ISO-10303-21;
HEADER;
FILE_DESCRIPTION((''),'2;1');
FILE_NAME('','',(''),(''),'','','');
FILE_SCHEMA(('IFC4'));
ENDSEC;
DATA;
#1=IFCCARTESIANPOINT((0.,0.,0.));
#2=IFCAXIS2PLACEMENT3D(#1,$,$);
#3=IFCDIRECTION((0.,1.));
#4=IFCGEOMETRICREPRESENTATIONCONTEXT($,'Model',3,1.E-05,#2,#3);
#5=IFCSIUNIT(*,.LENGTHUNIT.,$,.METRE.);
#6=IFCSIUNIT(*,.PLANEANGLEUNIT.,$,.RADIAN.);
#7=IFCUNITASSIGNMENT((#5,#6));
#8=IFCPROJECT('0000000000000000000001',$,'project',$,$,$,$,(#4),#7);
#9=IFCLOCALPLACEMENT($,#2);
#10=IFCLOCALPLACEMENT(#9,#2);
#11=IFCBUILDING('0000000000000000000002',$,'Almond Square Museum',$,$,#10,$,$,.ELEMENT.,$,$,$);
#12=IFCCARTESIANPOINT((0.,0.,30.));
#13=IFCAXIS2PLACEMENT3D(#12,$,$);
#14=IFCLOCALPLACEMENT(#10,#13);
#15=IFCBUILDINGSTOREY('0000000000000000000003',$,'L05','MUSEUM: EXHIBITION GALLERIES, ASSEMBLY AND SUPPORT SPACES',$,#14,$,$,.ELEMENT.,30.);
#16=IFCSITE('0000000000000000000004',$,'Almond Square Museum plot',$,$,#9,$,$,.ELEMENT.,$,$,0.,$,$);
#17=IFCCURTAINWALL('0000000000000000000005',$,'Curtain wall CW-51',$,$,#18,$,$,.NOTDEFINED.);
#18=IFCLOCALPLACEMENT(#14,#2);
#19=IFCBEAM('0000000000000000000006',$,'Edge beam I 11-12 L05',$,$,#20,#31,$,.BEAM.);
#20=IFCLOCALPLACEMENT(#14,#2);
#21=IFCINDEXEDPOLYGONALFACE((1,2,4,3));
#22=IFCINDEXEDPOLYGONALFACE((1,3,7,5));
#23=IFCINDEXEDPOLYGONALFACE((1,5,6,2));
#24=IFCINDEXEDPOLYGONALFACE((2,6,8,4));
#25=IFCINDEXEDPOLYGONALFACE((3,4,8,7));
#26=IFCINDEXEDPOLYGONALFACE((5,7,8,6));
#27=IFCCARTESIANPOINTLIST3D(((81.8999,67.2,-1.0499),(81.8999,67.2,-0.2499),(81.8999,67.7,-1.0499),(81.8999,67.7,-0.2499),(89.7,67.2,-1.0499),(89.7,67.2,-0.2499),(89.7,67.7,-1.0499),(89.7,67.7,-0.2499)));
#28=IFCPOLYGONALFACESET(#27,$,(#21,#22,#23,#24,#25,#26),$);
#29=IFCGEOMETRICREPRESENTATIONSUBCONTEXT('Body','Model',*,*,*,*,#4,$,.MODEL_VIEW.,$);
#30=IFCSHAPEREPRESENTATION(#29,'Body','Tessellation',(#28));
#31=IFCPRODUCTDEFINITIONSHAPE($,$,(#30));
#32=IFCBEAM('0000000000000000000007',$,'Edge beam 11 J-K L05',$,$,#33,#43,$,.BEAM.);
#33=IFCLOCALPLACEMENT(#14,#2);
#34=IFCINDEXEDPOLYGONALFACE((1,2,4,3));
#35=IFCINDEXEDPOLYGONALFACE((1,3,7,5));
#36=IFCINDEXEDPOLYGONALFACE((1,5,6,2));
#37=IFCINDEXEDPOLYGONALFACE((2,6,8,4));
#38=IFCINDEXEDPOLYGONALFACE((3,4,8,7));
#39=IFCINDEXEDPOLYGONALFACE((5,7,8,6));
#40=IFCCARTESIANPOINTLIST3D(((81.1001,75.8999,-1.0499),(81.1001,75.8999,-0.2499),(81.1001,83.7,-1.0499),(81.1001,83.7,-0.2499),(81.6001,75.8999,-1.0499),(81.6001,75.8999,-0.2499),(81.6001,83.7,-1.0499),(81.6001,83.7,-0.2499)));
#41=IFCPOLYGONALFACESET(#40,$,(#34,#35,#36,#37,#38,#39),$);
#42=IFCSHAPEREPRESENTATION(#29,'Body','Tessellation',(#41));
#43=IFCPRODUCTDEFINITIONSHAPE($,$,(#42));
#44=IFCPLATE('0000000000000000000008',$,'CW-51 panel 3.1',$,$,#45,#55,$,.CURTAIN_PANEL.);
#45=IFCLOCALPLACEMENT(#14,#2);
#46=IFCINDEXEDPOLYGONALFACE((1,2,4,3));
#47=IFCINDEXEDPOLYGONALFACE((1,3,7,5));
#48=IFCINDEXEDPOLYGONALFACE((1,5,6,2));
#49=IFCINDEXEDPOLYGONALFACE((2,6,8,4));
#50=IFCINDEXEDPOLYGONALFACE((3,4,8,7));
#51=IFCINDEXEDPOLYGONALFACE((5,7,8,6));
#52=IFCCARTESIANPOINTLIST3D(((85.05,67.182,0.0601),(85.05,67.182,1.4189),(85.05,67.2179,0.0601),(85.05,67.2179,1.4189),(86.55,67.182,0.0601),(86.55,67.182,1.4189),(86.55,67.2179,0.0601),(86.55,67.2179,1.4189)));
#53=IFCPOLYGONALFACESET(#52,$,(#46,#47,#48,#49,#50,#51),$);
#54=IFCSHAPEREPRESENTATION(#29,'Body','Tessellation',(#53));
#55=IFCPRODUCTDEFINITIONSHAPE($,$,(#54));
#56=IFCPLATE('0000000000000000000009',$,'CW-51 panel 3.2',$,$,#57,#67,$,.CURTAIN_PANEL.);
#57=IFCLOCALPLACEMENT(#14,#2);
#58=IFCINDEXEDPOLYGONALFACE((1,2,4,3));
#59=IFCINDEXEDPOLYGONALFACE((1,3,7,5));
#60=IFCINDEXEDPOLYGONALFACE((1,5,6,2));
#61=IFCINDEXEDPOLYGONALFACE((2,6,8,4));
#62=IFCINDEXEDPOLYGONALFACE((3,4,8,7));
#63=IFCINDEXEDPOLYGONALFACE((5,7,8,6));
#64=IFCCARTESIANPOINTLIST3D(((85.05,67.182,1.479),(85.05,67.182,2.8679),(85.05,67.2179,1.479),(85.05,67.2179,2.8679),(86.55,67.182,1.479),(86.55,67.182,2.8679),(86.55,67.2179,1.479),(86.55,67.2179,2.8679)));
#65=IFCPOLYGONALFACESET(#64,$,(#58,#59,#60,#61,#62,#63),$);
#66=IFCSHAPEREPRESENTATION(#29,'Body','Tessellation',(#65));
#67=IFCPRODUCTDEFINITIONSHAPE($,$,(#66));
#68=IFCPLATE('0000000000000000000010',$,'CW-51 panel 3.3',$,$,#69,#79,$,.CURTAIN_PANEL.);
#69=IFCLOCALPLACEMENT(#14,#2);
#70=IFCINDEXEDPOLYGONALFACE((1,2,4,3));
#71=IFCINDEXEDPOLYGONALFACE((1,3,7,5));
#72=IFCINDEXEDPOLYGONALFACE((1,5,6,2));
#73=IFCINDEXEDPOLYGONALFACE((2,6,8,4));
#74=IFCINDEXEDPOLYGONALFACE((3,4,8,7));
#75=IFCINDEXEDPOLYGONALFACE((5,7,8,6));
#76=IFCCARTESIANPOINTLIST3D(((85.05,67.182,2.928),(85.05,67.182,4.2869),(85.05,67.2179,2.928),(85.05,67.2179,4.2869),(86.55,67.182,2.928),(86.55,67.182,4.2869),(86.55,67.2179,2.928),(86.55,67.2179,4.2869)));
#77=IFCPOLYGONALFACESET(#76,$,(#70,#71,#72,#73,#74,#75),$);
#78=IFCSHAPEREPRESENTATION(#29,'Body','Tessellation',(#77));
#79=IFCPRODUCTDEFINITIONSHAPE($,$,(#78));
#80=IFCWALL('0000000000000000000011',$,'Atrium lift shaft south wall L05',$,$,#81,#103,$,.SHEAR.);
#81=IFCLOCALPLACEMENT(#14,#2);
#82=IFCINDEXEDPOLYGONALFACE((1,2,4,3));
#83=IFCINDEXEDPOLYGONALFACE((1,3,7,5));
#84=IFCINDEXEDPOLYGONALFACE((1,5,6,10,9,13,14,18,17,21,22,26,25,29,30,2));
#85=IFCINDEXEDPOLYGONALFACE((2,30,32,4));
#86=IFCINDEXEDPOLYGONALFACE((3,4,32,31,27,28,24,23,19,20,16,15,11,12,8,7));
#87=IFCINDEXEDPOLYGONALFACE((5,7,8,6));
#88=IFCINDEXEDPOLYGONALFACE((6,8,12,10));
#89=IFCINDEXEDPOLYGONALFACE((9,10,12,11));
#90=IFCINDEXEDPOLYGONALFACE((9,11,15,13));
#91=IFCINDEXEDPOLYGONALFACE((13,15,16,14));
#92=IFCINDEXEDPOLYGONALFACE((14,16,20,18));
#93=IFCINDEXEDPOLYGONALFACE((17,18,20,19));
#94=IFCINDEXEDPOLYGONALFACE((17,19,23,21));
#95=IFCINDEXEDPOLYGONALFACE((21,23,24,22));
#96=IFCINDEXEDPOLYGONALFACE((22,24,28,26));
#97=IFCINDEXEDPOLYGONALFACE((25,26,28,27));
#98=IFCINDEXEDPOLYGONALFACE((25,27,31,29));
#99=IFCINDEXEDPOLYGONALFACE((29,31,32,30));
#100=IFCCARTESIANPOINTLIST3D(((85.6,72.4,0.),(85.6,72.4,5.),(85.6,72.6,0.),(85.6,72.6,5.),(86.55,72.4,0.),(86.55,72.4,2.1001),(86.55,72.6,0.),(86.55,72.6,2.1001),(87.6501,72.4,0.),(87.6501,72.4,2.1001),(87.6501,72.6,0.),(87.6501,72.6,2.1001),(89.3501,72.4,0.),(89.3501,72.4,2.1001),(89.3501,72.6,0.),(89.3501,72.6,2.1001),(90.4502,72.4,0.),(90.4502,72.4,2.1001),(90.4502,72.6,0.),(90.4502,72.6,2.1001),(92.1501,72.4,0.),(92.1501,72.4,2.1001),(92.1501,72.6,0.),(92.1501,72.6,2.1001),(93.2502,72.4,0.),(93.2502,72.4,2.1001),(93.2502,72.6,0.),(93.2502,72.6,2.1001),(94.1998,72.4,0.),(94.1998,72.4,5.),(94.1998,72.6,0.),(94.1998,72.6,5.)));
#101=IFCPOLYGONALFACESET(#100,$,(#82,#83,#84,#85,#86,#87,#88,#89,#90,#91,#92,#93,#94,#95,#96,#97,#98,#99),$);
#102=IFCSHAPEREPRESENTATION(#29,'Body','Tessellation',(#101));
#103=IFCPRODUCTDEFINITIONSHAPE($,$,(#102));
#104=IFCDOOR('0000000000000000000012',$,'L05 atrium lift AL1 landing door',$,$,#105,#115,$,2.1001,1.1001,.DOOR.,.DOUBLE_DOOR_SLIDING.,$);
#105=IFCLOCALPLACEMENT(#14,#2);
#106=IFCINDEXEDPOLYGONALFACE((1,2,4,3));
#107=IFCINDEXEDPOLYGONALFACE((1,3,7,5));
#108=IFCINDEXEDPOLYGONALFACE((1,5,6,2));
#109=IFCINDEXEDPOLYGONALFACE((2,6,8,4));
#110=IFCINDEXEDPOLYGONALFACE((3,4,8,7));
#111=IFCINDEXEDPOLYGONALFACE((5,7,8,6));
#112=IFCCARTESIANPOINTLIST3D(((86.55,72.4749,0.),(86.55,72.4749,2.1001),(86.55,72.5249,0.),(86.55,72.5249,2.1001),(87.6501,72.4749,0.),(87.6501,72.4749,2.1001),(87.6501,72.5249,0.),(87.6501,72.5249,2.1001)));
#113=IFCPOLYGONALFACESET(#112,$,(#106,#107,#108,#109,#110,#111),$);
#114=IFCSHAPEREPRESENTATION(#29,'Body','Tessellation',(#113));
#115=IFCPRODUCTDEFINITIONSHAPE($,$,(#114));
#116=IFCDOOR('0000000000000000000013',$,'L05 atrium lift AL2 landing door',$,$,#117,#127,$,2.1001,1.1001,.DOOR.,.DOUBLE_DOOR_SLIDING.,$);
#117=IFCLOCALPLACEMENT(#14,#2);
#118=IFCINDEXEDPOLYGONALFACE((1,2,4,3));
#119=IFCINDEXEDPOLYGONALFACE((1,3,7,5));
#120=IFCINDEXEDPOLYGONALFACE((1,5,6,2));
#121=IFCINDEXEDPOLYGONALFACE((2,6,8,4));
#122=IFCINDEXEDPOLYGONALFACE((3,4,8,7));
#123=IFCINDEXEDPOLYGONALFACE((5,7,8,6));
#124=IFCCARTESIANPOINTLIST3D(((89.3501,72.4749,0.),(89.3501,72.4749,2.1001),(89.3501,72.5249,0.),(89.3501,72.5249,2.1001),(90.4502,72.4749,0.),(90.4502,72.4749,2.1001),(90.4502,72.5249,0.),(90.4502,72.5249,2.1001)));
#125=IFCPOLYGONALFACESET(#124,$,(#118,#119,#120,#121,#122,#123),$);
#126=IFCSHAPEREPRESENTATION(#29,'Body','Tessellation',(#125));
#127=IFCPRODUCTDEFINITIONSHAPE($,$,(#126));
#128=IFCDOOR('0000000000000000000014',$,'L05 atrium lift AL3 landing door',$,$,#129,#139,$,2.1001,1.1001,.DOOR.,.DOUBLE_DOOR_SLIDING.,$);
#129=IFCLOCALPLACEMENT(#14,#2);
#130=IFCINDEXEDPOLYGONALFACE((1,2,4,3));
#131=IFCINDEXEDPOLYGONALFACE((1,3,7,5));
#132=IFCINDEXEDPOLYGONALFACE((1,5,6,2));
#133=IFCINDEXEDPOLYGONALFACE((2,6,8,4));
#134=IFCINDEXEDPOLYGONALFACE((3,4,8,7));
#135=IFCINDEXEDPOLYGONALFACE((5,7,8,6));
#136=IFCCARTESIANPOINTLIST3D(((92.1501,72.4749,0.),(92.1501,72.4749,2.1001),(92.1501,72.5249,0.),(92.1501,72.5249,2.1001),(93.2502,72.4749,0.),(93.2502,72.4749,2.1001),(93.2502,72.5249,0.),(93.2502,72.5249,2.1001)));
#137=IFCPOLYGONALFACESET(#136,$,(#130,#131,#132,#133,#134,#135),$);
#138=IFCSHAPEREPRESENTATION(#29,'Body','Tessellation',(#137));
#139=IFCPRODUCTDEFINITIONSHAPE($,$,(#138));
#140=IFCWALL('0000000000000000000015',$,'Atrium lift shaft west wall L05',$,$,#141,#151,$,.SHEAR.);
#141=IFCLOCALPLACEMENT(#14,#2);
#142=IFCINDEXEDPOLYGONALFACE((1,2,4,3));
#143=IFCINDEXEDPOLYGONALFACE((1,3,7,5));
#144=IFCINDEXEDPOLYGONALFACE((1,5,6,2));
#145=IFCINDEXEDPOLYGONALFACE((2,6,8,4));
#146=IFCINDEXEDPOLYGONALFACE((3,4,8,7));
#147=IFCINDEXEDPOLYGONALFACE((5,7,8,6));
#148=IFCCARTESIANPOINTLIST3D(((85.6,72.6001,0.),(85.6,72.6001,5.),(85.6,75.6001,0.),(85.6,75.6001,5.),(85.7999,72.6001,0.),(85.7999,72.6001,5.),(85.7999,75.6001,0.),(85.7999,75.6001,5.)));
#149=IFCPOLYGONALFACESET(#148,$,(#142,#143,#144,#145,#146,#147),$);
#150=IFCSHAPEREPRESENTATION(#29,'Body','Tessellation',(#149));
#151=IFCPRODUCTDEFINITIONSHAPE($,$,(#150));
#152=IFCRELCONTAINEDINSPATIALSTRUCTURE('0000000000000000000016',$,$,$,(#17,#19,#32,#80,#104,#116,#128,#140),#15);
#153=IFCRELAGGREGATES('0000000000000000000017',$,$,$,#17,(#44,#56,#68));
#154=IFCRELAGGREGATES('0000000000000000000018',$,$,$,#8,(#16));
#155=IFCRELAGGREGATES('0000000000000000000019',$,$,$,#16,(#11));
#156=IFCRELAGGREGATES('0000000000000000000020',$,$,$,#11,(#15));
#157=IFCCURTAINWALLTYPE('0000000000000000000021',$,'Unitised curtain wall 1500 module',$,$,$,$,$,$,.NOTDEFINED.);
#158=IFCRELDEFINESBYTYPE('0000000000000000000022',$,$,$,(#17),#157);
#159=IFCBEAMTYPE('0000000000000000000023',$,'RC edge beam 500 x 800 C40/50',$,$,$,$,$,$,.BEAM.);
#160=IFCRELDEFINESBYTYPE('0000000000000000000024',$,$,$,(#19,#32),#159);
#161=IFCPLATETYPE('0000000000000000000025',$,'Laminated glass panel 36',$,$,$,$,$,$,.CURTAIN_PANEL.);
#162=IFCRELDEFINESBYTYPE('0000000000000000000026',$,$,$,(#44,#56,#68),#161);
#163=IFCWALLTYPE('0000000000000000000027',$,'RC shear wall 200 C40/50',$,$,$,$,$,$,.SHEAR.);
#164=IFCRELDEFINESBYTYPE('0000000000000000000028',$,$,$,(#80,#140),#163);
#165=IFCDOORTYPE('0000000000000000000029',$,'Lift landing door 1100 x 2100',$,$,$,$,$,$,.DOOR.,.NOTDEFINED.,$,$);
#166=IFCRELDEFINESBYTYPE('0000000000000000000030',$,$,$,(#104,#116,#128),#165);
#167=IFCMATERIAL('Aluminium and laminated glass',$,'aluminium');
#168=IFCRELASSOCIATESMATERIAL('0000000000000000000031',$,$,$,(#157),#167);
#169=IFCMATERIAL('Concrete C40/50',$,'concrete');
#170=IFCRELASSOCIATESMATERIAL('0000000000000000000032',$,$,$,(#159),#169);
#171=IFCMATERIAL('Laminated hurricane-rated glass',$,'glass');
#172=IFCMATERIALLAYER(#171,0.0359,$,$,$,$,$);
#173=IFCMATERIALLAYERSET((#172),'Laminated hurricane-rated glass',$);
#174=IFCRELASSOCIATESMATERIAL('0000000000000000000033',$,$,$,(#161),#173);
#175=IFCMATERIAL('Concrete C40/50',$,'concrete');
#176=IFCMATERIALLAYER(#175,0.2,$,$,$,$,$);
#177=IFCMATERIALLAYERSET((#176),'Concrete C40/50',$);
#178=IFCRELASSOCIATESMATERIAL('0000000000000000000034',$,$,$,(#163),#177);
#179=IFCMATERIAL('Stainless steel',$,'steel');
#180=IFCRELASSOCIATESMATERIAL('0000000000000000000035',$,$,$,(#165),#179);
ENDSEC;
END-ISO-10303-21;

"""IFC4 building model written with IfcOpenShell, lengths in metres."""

from ifc_helpers import new_model, si_unit, direction, frame, frame_2d, origin, origin_2d, place, context, subcontext, project, spatial, rectangle, extrude, material, layer, layer_set, material_profile, profile_set, type_object, element, fill, aggregate, save


model = new_model("IFC4")

# Units and contexts
model_context = context("Model", 3, precision=1e-05, world=origin(), true_north=direction((0.0, 1.0)))
body_context = subcontext(model_context, "Body", "Model", "MODEL_VIEW")
ifc_project = project(units=[si_unit("LENGTHUNIT", "METRE"), si_unit("PLANEANGLEUNIT", "RADIAN")], contexts=[model_context])

# Site, building, storey
site_placement = place(None, origin())
site = spatial("IfcSite", under=ifc_project, at=site_placement, Name="Almond Square Museum plot", CompositionType="ELEMENT", RefElevation=0.0)
building_placement = place(site_placement, origin())
building = spatial("IfcBuilding", under=site, at=building_placement, Name="Almond Square Museum", CompositionType="ELEMENT")
storey_placement = place(building_placement, frame((0.0, 0.0, 30.0)))
storey = spatial("IfcBuildingStorey", under=building, at=storey_placement, Name="L05", Description="MUSEUM: EXHIBITION GALLERIES, ASSEMBLY AND SUPPORT SPACES", CompositionType="ELEMENT", Elevation=30.0)

# Curtain wall
ifc_material_1 = material(Name="Aluminium and laminated glass", Category="aluminium")
curtain_wall_type = type_object("IfcCurtainWallType", Name="Unitised curtain wall 1500 module", PredefinedType="NOTDEFINED", material=ifc_material_1)
curtain_wall_placement = place(storey_placement, origin())
curtain_wall = element("IfcCurtainWall", 1, at=curtain_wall_placement, inside=storey, type_object=curtain_wall_type, Name="Curtain wall CW-51", PredefinedType="NOTDEFINED")

# Beams
ifc_material_2 = material(Name="Concrete C40/50", Category="concrete")
ifc_material_profile_1 = material_profile(ifc_material_2, rectangle(XDim=0.5, YDim=0.8, at=origin_2d()))
ifc_profile_set_1 = profile_set([ifc_material_profile_1], Name="Concrete C40/50")
beam_type_1 = type_object("IfcBeamType", Name="RC edge beam 500 x 800 C40/50", PredefinedType="BEAM", material=ifc_profile_set_1)
for number, where, z_axis, x_axis, name in (
    (2, (81.8999, 67.45, -0.6499), (1.0, 0.0, 0.0), (0.0, 1.0, 0.0), "Edge beam I 11-12 L05"),
    (3, (81.3501, 75.8999, -0.6499), (0.0, 1.0, 0.0), (-1.0, 0.0, 0.0), "Edge beam 11 J-K L05"),
):
    element("IfcBeam", number, at=place(storey_placement, frame(where, z_axis=z_axis, x_axis=x_axis)), inside=storey, type_object=beam_type_1, Name=name, PredefinedType="BEAM", context=body_context, shape_type="SweptSolid", body=[
        extrude(rectangle(XDim=0.5, YDim=0.8, at=origin_2d()), origin(), (0.0, 0.0, 1.0), 7.8),
    ])

# Plates
ifc_material_3 = material(Name="Laminated hurricane-rated glass", Category="glass")
ifc_layer_1 = layer(ifc_material_3, 0.0359)
ifc_layer_set_1 = layer_set([ifc_layer_1], Name="Laminated hurricane-rated glass")
plate_type = type_object("IfcPlateType", Name="Laminated glass panel 36", PredefinedType="CURTAIN_PANEL", material=ifc_layer_set_1)
plate_1_placement = place(storey_placement, frame((85.8, 67.2, 0.0601), z_axis=(0.0, 0.0, 1.0), x_axis=(1.0, 0.0, 0.0)))
plate_1 = element("IfcPlate", 4, at=plate_1_placement, type_object=plate_type, Name="CW-51 panel 3.1", PredefinedType="CURTAIN_PANEL", context=body_context, shape_type="SweptSolid", body=[
    extrude(rectangle(XDim=1.5, YDim=0.0359, at=origin_2d()), origin(), (0.0, 0.0, 1.0), 1.3589),
])
plate_2_placement = place(storey_placement, frame((85.8, 67.2, 1.479), z_axis=(0.0, 0.0, 1.0), x_axis=(1.0, 0.0, 0.0)))
plate_2 = element("IfcPlate", 5, at=plate_2_placement, type_object=plate_type, Name="CW-51 panel 3.2", PredefinedType="CURTAIN_PANEL", context=body_context, shape_type="SweptSolid", body=[
    extrude(rectangle(XDim=1.5, YDim=0.0359, at=origin_2d()), origin(), (0.0, 0.0, 1.0), 1.3889),
])
plate_3_placement = place(storey_placement, frame((85.8, 67.2, 2.928), z_axis=(0.0, 0.0, 1.0), x_axis=(1.0, 0.0, 0.0)))
plate_3 = element("IfcPlate", 6, at=plate_3_placement, type_object=plate_type, Name="CW-51 panel 3.3", PredefinedType="CURTAIN_PANEL", context=body_context, shape_type="SweptSolid", body=[
    extrude(rectangle(XDim=1.5, YDim=0.0359, at=origin_2d()), origin(), (0.0, 0.0, 1.0), 1.3589),
])
aggregate(curtain_wall, [plate_1, plate_2, plate_3])

# Wall, openings, doors
ifc_material_4 = material(Name="Concrete C40/50", Category="concrete")
ifc_layer_2 = layer(ifc_material_4, 0.2)
ifc_layer_set_2 = layer_set([ifc_layer_2], Name="Concrete C40/50")
wall_type = type_object("IfcWallType", Name="RC shear wall 200 C40/50", PredefinedType="SHEAR", material=ifc_layer_set_2)
wall_1_placement = place(storey_placement, frame((85.6001, 72.5, 0.0), z_axis=(0.0, 0.0, 1.0), x_axis=(1.0, 0.0, 0.0)))
wall_1 = element("IfcWall", 7, at=wall_1_placement, inside=storey, type_object=wall_type, Name="Atrium lift shaft south wall L05", PredefinedType="SHEAR", context=body_context, shape_type="SweptSolid", body=[
    extrude(rectangle(XDim=8.5999, YDim=0.2, at=frame_2d((4.2998, 0.0))), origin(), (0.0, 0.0, 1.0), 5.0),
])
opening_1_placement = place(wall_1_placement, frame((0.95, 0.0, 0.0)))
opening_1 = element("IfcOpeningElement", 8, at=opening_1_placement, cuts=wall_1, PredefinedType="OPENING", context=body_context, shape_type="SweptSolid", body=[
    extrude(rectangle(XDim=1.1001, YDim=2.1001, at=frame_2d((0.55, 1.05))), frame((0.0, 0.1099, 0.0), z_axis=(0.0, -1.0, 0.0), x_axis=(1.0, 0.0, 0.0)), (0.0, 0.0, 1.0), 0.22),
])
opening_2_placement = place(wall_1_placement, frame((3.75, 0.0, 0.0)))
opening_2 = element("IfcOpeningElement", 9, at=opening_2_placement, cuts=wall_1, PredefinedType="OPENING", context=body_context, shape_type="SweptSolid", body=[
    extrude(rectangle(XDim=1.1001, YDim=2.1001, at=frame_2d((0.55, 1.05))), frame((0.0, 0.1099, 0.0), z_axis=(0.0, -1.0, 0.0), x_axis=(1.0, 0.0, 0.0)), (0.0, 0.0, 1.0), 0.22),
])
opening_3_placement = place(wall_1_placement, frame((6.55, 0.0, 0.0)))
opening_3 = element("IfcOpeningElement", 10, at=opening_3_placement, cuts=wall_1, PredefinedType="OPENING", context=body_context, shape_type="SweptSolid", body=[
    extrude(rectangle(XDim=1.1001, YDim=2.1001, at=frame_2d((0.55, 1.05))), frame((0.0, 0.1099, 0.0), z_axis=(0.0, -1.0, 0.0), x_axis=(1.0, 0.0, 0.0)), (0.0, 0.0, 1.0), 0.22),
])
ifc_material_5 = material(Name="Stainless steel", Category="steel")
door_type = type_object("IfcDoorType", Name="Lift landing door 1100 x 2100", OperationType="NOTDEFINED", PredefinedType="DOOR", material=ifc_material_5)
door_1_placement = place(opening_1_placement, origin())
door_1 = element("IfcDoor", 11, at=door_1_placement, inside=storey, type_object=door_type, Name="L05 atrium lift AL1 landing door", OperationType="DOUBLE_DOOR_SLIDING", OverallHeight=2.1001, OverallWidth=1.1001, PredefinedType="DOOR", context=body_context, shape_type="SweptSolid", body=[
    extrude(rectangle(XDim=1.1001, YDim=2.1001, at=frame_2d((0.55, 1.05))), frame((0.0, 0.0249, 0.0), z_axis=(0.0, -1.0, 0.0), x_axis=(1.0, 0.0, 0.0)), (0.0, 0.0, 1.0), 0.05),
])
fill(opening_1, door_1)
door_2_placement = place(opening_2_placement, origin())
door_2 = element("IfcDoor", 12, at=door_2_placement, inside=storey, type_object=door_type, Name="L05 atrium lift AL2 landing door", OperationType="DOUBLE_DOOR_SLIDING", OverallHeight=2.1001, OverallWidth=1.1001, PredefinedType="DOOR", context=body_context, shape_type="SweptSolid", body=[
    extrude(rectangle(XDim=1.1001, YDim=2.1001, at=frame_2d((0.55, 1.05))), frame((0.0, 0.0249, 0.0), z_axis=(0.0, -1.0, 0.0), x_axis=(1.0, 0.0, 0.0)), (0.0, 0.0, 1.0), 0.05),
])
fill(opening_2, door_2)
door_3_placement = place(opening_3_placement, origin())
door_3 = element("IfcDoor", 13, at=door_3_placement, inside=storey, type_object=door_type, Name="L05 atrium lift AL3 landing door", OperationType="DOUBLE_DOOR_SLIDING", OverallHeight=2.1001, OverallWidth=1.1001, PredefinedType="DOOR", context=body_context, shape_type="SweptSolid", body=[
    extrude(rectangle(XDim=1.1001, YDim=2.1001, at=frame_2d((0.55, 1.05))), frame((0.0, 0.0249, 0.0), z_axis=(0.0, -1.0, 0.0), x_axis=(1.0, 0.0, 0.0)), (0.0, 0.0, 1.0), 0.05),
])
fill(opening_3, door_3)

# Wall
wall_2_placement = place(storey_placement, frame((85.7, 72.6001, 0.0), z_axis=(0.0, 0.0, 1.0), x_axis=(0.0, 1.0, 0.0)))
element("IfcWall", 14, at=wall_2_placement, inside=storey, type_object=wall_type, Name="Atrium lift shaft west wall L05", PredefinedType="SHEAR", context=body_context, shape_type="SweptSolid", body=[
    extrude(rectangle(XDim=3.0, YDim=0.2, at=frame_2d((1.5, 0.0))), origin(), (0.0, 0.0, 1.0), 5.0),
])

save(model, "model.ifc")
